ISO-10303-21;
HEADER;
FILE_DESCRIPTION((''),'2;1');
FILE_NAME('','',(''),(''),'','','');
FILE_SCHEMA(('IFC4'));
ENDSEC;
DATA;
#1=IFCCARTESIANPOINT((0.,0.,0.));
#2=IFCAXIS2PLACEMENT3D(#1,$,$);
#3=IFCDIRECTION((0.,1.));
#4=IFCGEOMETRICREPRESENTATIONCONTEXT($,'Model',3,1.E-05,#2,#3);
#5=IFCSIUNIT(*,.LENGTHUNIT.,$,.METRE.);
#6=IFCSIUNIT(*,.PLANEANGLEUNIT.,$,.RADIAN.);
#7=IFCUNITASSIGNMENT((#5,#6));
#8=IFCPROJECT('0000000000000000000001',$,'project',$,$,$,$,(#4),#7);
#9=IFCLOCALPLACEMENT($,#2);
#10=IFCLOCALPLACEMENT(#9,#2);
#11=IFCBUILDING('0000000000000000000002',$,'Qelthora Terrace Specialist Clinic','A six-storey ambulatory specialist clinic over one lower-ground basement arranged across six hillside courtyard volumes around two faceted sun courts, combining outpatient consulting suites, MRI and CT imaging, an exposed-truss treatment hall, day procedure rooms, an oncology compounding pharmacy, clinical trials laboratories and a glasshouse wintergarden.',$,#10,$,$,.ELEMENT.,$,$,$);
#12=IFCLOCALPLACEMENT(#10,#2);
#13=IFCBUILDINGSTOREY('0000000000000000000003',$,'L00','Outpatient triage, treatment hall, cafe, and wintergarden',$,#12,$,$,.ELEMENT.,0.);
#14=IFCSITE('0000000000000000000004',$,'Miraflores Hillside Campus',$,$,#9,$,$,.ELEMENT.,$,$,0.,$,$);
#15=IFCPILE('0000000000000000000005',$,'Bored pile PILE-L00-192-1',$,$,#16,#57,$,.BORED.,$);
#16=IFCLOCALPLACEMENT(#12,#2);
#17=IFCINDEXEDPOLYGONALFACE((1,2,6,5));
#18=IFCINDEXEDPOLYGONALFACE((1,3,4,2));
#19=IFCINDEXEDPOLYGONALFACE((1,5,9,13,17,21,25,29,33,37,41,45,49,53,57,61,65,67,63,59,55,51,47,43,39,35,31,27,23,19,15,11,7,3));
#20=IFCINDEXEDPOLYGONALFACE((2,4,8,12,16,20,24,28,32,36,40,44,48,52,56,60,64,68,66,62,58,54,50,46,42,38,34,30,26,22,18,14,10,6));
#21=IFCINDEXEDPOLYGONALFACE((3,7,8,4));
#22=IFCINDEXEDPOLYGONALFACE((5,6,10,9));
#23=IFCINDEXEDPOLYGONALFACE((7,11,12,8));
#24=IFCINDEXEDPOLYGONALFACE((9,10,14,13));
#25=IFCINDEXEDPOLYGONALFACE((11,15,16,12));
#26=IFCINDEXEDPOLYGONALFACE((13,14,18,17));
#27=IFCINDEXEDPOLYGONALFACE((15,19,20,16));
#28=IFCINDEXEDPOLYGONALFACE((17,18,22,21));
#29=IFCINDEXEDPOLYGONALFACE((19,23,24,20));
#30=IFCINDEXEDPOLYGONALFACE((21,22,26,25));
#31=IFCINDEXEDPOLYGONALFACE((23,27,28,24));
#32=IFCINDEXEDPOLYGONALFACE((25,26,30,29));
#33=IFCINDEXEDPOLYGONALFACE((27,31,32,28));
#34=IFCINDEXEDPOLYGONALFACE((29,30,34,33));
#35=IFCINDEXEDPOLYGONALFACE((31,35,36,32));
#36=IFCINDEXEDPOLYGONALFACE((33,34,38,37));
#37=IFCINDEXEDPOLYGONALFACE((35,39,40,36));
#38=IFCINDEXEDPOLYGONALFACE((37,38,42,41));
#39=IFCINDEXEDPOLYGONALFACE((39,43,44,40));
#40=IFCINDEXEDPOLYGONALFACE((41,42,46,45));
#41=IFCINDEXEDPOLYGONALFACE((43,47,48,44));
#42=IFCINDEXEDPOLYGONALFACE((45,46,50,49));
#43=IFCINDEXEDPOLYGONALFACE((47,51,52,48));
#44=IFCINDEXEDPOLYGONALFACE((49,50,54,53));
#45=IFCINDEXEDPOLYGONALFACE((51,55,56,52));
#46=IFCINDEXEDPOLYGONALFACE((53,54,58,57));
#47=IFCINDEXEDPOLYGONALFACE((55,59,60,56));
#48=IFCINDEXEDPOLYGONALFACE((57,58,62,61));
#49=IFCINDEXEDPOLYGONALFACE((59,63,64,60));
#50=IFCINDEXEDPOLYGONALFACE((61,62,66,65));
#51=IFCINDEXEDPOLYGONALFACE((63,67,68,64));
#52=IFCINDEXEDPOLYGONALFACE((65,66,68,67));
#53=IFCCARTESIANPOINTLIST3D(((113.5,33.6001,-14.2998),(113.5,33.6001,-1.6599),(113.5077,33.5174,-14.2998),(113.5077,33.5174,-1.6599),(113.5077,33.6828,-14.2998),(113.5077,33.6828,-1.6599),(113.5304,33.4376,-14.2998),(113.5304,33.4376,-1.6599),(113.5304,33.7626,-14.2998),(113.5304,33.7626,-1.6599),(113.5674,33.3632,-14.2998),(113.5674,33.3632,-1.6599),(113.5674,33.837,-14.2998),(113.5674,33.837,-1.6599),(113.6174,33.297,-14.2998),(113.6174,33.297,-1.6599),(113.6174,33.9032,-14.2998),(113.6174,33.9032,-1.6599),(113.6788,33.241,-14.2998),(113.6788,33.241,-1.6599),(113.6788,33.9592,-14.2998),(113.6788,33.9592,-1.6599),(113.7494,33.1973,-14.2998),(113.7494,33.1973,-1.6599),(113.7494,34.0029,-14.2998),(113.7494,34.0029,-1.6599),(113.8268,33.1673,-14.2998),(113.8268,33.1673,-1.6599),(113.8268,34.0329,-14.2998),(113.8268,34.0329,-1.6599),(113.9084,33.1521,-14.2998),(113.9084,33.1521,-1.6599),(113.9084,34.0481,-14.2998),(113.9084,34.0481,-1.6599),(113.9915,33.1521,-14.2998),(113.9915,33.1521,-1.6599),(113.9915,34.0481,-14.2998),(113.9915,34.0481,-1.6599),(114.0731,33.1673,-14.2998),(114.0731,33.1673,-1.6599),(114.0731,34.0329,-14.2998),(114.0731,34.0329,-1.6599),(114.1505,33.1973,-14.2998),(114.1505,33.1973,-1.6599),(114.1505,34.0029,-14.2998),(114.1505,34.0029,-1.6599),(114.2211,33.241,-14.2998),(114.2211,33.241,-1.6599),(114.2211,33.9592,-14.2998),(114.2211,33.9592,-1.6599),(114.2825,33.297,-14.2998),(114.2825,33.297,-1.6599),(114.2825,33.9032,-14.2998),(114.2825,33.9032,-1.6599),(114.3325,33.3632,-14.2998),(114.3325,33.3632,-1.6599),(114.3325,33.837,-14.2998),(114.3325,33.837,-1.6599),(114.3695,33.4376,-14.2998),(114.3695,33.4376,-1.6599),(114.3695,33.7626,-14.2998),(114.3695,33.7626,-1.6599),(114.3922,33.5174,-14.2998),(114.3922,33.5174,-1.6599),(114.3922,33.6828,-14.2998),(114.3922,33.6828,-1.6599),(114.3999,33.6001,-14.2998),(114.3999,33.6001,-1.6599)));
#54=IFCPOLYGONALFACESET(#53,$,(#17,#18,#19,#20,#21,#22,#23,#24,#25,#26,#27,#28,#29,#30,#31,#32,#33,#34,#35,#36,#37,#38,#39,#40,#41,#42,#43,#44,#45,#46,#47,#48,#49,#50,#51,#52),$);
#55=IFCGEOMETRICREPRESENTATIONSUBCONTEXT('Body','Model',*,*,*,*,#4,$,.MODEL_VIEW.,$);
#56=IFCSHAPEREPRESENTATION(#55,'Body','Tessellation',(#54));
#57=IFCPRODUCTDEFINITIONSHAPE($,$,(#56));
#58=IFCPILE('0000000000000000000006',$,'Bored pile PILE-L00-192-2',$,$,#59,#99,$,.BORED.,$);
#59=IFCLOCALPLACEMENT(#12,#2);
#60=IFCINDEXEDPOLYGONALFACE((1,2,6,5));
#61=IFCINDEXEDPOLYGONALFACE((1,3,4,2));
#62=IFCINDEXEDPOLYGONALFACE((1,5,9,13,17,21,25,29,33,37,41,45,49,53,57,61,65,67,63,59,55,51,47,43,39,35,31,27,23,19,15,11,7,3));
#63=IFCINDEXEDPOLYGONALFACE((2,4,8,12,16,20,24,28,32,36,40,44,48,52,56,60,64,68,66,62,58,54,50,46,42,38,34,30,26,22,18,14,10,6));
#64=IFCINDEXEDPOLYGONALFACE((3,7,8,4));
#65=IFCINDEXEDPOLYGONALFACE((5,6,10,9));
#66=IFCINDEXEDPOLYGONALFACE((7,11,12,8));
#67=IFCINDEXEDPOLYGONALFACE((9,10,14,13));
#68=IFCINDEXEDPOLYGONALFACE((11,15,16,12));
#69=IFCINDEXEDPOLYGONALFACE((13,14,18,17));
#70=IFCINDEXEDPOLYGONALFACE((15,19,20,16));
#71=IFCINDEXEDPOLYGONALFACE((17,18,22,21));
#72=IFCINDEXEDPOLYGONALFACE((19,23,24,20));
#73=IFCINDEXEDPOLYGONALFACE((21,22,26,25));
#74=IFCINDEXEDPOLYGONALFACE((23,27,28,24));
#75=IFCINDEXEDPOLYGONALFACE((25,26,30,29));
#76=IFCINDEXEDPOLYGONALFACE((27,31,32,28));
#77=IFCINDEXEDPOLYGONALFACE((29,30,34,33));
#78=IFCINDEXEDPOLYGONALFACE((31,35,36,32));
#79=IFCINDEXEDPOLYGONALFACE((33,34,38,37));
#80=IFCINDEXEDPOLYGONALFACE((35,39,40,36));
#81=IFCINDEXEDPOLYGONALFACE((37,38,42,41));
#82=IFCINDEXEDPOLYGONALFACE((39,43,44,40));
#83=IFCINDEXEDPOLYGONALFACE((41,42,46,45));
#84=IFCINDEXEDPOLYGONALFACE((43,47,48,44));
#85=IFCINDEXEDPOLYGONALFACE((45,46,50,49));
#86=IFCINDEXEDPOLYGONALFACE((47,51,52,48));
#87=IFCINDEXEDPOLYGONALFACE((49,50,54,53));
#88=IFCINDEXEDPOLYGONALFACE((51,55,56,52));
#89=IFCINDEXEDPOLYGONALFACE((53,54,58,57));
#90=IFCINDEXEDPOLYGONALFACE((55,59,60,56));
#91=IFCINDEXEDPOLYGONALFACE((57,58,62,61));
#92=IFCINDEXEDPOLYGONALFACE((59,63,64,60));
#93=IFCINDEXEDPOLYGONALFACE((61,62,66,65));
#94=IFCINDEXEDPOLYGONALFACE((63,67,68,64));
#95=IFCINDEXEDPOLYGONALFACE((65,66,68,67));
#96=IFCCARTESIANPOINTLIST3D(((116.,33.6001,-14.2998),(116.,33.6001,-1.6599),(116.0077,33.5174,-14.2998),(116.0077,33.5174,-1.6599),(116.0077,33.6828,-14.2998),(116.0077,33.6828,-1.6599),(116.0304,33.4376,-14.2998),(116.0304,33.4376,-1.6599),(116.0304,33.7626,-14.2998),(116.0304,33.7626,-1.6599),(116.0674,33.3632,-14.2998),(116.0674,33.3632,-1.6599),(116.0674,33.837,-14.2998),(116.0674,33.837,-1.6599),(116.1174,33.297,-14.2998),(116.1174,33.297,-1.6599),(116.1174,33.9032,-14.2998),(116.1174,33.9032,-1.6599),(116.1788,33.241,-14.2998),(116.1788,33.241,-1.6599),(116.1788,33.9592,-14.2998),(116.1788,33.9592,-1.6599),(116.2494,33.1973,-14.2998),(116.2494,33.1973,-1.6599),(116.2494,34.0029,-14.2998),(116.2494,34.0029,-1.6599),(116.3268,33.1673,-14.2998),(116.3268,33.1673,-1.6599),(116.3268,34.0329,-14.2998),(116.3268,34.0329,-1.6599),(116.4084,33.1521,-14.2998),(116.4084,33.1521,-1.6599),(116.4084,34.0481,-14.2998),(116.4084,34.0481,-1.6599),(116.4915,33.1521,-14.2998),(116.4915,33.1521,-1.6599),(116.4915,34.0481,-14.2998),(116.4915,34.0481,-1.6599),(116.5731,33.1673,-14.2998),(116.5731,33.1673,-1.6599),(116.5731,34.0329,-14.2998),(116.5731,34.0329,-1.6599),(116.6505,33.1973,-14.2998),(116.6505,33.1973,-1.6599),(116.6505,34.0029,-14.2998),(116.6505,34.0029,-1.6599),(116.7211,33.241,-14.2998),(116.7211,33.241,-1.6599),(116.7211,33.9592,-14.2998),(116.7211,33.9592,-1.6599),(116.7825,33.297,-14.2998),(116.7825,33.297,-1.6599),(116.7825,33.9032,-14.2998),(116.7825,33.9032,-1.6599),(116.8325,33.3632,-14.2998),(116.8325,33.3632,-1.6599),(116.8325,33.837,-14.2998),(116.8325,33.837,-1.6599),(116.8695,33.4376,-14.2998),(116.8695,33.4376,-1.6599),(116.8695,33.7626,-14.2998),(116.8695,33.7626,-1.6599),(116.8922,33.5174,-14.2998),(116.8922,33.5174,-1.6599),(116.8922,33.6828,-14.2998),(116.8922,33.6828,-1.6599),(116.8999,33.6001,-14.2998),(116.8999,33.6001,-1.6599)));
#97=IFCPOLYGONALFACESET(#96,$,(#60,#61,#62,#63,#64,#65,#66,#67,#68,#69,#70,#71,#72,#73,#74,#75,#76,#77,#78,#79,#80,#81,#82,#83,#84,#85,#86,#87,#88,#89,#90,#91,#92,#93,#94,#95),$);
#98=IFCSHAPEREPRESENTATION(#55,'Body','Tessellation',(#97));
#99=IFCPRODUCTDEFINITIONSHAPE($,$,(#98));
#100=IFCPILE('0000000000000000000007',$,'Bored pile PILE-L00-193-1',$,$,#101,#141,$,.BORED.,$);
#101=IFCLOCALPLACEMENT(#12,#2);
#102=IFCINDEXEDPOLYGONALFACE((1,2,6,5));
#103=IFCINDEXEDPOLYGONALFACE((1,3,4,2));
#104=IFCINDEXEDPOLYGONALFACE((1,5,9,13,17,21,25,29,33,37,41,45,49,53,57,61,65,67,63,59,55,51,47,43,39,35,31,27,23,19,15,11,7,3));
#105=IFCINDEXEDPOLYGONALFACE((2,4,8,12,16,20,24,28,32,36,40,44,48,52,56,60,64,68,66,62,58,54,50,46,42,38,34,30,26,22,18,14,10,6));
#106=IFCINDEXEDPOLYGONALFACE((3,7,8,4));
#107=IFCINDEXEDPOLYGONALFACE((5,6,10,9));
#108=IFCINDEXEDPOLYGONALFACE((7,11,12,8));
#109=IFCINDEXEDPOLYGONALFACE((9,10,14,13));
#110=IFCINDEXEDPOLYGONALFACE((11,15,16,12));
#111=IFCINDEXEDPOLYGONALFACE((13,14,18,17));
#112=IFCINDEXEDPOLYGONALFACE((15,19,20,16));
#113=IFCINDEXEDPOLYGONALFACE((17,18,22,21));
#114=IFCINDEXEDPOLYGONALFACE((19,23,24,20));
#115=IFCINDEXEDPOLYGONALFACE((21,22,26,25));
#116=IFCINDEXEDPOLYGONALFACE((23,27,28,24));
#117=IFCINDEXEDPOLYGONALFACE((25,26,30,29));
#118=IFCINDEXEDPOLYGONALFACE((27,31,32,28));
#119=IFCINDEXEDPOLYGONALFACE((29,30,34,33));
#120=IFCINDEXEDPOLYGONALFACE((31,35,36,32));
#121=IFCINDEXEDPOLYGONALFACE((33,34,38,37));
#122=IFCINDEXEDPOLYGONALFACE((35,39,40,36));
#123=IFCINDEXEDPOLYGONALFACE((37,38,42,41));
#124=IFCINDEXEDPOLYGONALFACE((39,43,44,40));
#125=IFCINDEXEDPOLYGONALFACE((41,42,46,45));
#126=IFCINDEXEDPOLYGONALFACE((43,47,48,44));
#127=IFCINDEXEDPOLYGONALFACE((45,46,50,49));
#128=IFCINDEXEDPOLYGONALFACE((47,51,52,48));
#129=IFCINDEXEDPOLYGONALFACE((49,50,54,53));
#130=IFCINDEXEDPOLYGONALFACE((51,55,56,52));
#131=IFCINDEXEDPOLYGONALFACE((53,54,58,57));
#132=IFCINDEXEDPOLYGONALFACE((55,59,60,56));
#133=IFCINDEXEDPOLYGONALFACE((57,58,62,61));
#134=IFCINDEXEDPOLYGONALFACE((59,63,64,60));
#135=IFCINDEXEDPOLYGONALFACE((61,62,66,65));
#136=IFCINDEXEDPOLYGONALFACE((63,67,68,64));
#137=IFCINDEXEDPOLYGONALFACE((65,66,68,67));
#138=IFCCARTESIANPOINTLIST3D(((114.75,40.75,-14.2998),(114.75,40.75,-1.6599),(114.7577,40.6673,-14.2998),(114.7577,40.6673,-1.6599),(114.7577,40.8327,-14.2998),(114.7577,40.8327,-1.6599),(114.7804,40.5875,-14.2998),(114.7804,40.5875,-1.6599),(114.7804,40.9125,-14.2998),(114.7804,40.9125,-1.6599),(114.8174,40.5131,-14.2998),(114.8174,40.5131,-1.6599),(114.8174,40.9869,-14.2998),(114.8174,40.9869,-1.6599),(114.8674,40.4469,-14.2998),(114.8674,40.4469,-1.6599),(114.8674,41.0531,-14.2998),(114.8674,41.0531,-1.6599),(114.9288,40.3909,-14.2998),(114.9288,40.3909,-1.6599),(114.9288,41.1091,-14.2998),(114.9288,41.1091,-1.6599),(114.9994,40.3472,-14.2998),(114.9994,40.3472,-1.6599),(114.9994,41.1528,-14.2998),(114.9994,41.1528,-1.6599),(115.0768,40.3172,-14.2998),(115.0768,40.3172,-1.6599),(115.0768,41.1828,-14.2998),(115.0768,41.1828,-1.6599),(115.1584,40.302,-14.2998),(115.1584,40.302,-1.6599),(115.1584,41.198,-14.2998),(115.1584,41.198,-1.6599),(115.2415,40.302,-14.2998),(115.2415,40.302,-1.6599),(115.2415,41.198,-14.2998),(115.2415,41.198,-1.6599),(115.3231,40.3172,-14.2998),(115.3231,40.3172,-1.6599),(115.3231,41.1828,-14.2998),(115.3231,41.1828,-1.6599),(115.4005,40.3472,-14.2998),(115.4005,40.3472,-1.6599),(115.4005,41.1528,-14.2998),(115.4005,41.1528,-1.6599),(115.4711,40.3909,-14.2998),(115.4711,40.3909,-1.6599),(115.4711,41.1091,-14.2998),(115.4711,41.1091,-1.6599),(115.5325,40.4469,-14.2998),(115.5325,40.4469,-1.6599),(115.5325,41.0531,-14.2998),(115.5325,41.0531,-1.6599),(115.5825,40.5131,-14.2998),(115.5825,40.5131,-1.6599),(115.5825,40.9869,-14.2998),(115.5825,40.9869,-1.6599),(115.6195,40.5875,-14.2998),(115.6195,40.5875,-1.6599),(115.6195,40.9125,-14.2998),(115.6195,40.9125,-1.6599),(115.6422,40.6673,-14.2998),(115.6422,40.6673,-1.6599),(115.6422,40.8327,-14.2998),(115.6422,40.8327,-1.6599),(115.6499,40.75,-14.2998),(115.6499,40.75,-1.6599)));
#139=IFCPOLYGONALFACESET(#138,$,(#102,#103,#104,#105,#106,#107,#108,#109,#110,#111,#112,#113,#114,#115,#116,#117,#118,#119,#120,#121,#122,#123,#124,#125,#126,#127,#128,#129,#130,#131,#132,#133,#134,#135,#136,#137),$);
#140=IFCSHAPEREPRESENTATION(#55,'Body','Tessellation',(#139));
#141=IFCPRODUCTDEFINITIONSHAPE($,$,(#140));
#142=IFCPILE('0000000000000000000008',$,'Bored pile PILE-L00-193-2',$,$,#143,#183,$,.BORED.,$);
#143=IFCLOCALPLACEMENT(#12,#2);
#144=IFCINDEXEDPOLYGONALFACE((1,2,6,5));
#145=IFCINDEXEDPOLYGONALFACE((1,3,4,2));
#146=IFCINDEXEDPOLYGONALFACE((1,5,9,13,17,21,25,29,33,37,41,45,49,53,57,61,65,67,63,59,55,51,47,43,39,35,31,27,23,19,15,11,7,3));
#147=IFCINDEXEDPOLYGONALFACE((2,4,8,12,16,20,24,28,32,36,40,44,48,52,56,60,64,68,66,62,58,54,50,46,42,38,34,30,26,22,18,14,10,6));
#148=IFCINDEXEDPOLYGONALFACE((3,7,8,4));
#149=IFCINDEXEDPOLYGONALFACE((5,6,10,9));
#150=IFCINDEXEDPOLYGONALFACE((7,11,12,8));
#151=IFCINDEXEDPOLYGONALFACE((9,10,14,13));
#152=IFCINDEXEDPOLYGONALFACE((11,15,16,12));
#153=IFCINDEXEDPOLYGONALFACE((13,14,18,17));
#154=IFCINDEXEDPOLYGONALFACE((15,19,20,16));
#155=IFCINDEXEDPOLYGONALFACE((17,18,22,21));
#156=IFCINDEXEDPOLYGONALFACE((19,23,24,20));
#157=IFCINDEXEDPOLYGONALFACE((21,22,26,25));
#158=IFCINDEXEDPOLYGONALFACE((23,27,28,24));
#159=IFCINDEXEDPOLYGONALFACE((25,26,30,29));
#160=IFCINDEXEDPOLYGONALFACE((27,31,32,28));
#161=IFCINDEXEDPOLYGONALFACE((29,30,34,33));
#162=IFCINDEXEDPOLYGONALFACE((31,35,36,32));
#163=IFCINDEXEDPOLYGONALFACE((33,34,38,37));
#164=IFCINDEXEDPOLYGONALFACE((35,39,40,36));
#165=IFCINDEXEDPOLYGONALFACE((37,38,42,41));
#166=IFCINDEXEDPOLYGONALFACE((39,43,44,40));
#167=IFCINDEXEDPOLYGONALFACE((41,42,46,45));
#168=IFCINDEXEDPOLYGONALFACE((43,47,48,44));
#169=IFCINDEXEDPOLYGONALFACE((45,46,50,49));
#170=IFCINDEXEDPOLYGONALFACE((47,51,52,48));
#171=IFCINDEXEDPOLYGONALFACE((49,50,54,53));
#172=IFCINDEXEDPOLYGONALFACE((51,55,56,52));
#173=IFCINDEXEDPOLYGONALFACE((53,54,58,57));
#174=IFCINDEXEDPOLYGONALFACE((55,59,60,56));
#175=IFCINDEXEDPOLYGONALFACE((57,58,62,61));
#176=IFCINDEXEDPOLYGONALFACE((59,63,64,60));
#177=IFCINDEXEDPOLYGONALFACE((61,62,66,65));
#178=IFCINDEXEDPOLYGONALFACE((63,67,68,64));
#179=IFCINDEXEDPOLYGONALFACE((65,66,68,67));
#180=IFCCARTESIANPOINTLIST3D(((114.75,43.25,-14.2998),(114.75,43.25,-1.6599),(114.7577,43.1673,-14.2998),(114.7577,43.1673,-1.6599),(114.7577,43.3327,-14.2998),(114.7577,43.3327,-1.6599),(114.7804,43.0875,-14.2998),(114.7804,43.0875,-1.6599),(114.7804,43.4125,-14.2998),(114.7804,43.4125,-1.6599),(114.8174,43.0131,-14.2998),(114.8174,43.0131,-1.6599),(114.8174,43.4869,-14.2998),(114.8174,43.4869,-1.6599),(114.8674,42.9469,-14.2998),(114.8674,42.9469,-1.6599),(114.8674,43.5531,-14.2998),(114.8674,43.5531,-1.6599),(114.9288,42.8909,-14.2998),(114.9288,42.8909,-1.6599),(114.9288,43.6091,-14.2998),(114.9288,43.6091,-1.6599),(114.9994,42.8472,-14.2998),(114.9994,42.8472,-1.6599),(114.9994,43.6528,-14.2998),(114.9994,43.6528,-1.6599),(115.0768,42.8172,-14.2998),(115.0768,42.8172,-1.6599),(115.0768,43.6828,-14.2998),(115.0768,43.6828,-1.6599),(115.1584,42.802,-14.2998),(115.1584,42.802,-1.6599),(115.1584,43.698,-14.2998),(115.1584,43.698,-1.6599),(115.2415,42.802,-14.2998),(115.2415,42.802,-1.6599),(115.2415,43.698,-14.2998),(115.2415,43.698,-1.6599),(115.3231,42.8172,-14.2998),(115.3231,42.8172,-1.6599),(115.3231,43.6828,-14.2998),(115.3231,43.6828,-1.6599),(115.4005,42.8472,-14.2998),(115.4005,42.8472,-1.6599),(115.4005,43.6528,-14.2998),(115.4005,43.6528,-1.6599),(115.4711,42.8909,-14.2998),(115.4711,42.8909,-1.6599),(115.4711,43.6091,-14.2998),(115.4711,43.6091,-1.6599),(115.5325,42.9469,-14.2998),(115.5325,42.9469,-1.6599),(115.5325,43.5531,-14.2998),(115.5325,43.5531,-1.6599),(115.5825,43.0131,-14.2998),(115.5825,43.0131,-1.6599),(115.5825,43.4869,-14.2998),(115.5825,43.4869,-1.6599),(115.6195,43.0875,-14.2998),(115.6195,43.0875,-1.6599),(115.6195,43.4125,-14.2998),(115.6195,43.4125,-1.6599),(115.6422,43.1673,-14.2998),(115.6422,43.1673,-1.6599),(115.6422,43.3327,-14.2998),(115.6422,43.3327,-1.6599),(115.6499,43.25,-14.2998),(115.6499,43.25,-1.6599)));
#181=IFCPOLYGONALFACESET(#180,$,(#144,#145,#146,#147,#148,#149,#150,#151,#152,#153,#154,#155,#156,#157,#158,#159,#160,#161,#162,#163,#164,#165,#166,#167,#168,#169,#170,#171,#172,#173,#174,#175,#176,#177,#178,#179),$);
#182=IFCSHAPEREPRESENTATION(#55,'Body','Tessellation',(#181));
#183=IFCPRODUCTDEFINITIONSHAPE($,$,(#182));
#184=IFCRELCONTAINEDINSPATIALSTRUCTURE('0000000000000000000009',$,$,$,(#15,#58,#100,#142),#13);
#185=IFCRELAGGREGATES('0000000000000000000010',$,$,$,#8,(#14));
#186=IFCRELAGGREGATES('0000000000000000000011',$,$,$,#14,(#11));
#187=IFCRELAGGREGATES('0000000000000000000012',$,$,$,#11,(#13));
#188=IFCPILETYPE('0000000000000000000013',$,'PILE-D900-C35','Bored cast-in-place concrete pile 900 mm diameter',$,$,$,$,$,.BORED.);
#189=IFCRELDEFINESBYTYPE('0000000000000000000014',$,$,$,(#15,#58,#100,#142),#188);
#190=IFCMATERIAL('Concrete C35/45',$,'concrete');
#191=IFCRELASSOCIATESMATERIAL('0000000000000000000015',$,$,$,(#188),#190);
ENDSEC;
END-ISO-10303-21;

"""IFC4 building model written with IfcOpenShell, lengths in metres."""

from ifc_helpers import new_model, si_unit, direction, frame, origin, origin_2d, place, context, subcontext, project, spatial, circle, extrude, material, material_profile, profile_set, type_object, element, save


model = new_model("IFC4")

# Units and contexts
model_context = context("Model", 3, precision=1e-05, world=origin(), true_north=direction((0.0, 1.0)))
body_context = subcontext(model_context, "Body", "Model", "MODEL_VIEW")
ifc_project = project(units=[si_unit("LENGTHUNIT", "METRE"), si_unit("PLANEANGLEUNIT", "RADIAN")], contexts=[model_context])

# Site, building, storey
site_placement = place(None, origin())
site = spatial("IfcSite", under=ifc_project, at=site_placement, Name="Miraflores Hillside Campus", CompositionType="ELEMENT", RefElevation=0.0)
building_placement = place(site_placement, origin())
building = spatial("IfcBuilding", under=site, at=building_placement, Name="Qelthora Terrace Specialist Clinic", Description="A six-storey ambulatory specialist clinic over one lower-ground basement arranged across six hillside courtyard volumes around two faceted sun courts, combining outpatient consulting suites, MRI and CT imaging, an exposed-truss treatment hall, day procedure rooms, an oncology compounding pharmacy, clinical trials laboratories and a glasshouse wintergarden.", CompositionType="ELEMENT")
storey_placement = place(building_placement, origin())
storey = spatial("IfcBuildingStorey", under=building, at=storey_placement, Name="L00", Description="Outpatient triage, treatment hall, cafe, and wintergarden", CompositionType="ELEMENT", Elevation=0.0)

# Shared definitions
ifc_material_1 = material(Name="Concrete C35/45", Category="concrete")

# Piles
ifc_material_profile_1 = material_profile(ifc_material_1, circle(Radius=0.45, at=origin_2d()), Name="PILE900")
ifc_profile_set_1 = profile_set([ifc_material_profile_1], Name="Concrete C35/45")
pile_type_1 = type_object("IfcPileType", Name="PILE-D900-C35", Description="Bored cast-in-place concrete pile 900 mm diameter", PredefinedType="BORED", material=ifc_profile_set_1)
for number, where, z_axis, x_axis, name in (
    (1, (113.95, 33.6001, -1.6599), (0.0, 0.0, -1.0), (1.0, 0.0, 0.0), "Bored pile PILE-L00-192-1"),
    (2, (116.45, 33.6001, -1.6599), (0.0, 0.0, -1.0), (1.0, 0.0, 0.0), "Bored pile PILE-L00-192-2"),
    (3, (115.2, 40.75, -1.6599), (0.0, 0.0, -1.0), (1.0, 0.0, 0.0), "Bored pile PILE-L00-193-1"),
    (4, (115.2, 43.25, -1.6599), (0.0, 0.0, -1.0), (1.0, 0.0, 0.0), "Bored pile PILE-L00-193-2"),
):
    element("IfcPile", number, at=place(storey_placement, frame(where, z_axis=z_axis, x_axis=x_axis)), inside=storey, type_object=pile_type_1, Name=name, PredefinedType="BORED", context=body_context, shape_type="SweptSolid", body=[
        extrude(circle(Radius=0.45, at=origin_2d()), origin(), (0.0, 0.0, 1.0), 12.6399),
    ])

save(model, "model.ifc")
